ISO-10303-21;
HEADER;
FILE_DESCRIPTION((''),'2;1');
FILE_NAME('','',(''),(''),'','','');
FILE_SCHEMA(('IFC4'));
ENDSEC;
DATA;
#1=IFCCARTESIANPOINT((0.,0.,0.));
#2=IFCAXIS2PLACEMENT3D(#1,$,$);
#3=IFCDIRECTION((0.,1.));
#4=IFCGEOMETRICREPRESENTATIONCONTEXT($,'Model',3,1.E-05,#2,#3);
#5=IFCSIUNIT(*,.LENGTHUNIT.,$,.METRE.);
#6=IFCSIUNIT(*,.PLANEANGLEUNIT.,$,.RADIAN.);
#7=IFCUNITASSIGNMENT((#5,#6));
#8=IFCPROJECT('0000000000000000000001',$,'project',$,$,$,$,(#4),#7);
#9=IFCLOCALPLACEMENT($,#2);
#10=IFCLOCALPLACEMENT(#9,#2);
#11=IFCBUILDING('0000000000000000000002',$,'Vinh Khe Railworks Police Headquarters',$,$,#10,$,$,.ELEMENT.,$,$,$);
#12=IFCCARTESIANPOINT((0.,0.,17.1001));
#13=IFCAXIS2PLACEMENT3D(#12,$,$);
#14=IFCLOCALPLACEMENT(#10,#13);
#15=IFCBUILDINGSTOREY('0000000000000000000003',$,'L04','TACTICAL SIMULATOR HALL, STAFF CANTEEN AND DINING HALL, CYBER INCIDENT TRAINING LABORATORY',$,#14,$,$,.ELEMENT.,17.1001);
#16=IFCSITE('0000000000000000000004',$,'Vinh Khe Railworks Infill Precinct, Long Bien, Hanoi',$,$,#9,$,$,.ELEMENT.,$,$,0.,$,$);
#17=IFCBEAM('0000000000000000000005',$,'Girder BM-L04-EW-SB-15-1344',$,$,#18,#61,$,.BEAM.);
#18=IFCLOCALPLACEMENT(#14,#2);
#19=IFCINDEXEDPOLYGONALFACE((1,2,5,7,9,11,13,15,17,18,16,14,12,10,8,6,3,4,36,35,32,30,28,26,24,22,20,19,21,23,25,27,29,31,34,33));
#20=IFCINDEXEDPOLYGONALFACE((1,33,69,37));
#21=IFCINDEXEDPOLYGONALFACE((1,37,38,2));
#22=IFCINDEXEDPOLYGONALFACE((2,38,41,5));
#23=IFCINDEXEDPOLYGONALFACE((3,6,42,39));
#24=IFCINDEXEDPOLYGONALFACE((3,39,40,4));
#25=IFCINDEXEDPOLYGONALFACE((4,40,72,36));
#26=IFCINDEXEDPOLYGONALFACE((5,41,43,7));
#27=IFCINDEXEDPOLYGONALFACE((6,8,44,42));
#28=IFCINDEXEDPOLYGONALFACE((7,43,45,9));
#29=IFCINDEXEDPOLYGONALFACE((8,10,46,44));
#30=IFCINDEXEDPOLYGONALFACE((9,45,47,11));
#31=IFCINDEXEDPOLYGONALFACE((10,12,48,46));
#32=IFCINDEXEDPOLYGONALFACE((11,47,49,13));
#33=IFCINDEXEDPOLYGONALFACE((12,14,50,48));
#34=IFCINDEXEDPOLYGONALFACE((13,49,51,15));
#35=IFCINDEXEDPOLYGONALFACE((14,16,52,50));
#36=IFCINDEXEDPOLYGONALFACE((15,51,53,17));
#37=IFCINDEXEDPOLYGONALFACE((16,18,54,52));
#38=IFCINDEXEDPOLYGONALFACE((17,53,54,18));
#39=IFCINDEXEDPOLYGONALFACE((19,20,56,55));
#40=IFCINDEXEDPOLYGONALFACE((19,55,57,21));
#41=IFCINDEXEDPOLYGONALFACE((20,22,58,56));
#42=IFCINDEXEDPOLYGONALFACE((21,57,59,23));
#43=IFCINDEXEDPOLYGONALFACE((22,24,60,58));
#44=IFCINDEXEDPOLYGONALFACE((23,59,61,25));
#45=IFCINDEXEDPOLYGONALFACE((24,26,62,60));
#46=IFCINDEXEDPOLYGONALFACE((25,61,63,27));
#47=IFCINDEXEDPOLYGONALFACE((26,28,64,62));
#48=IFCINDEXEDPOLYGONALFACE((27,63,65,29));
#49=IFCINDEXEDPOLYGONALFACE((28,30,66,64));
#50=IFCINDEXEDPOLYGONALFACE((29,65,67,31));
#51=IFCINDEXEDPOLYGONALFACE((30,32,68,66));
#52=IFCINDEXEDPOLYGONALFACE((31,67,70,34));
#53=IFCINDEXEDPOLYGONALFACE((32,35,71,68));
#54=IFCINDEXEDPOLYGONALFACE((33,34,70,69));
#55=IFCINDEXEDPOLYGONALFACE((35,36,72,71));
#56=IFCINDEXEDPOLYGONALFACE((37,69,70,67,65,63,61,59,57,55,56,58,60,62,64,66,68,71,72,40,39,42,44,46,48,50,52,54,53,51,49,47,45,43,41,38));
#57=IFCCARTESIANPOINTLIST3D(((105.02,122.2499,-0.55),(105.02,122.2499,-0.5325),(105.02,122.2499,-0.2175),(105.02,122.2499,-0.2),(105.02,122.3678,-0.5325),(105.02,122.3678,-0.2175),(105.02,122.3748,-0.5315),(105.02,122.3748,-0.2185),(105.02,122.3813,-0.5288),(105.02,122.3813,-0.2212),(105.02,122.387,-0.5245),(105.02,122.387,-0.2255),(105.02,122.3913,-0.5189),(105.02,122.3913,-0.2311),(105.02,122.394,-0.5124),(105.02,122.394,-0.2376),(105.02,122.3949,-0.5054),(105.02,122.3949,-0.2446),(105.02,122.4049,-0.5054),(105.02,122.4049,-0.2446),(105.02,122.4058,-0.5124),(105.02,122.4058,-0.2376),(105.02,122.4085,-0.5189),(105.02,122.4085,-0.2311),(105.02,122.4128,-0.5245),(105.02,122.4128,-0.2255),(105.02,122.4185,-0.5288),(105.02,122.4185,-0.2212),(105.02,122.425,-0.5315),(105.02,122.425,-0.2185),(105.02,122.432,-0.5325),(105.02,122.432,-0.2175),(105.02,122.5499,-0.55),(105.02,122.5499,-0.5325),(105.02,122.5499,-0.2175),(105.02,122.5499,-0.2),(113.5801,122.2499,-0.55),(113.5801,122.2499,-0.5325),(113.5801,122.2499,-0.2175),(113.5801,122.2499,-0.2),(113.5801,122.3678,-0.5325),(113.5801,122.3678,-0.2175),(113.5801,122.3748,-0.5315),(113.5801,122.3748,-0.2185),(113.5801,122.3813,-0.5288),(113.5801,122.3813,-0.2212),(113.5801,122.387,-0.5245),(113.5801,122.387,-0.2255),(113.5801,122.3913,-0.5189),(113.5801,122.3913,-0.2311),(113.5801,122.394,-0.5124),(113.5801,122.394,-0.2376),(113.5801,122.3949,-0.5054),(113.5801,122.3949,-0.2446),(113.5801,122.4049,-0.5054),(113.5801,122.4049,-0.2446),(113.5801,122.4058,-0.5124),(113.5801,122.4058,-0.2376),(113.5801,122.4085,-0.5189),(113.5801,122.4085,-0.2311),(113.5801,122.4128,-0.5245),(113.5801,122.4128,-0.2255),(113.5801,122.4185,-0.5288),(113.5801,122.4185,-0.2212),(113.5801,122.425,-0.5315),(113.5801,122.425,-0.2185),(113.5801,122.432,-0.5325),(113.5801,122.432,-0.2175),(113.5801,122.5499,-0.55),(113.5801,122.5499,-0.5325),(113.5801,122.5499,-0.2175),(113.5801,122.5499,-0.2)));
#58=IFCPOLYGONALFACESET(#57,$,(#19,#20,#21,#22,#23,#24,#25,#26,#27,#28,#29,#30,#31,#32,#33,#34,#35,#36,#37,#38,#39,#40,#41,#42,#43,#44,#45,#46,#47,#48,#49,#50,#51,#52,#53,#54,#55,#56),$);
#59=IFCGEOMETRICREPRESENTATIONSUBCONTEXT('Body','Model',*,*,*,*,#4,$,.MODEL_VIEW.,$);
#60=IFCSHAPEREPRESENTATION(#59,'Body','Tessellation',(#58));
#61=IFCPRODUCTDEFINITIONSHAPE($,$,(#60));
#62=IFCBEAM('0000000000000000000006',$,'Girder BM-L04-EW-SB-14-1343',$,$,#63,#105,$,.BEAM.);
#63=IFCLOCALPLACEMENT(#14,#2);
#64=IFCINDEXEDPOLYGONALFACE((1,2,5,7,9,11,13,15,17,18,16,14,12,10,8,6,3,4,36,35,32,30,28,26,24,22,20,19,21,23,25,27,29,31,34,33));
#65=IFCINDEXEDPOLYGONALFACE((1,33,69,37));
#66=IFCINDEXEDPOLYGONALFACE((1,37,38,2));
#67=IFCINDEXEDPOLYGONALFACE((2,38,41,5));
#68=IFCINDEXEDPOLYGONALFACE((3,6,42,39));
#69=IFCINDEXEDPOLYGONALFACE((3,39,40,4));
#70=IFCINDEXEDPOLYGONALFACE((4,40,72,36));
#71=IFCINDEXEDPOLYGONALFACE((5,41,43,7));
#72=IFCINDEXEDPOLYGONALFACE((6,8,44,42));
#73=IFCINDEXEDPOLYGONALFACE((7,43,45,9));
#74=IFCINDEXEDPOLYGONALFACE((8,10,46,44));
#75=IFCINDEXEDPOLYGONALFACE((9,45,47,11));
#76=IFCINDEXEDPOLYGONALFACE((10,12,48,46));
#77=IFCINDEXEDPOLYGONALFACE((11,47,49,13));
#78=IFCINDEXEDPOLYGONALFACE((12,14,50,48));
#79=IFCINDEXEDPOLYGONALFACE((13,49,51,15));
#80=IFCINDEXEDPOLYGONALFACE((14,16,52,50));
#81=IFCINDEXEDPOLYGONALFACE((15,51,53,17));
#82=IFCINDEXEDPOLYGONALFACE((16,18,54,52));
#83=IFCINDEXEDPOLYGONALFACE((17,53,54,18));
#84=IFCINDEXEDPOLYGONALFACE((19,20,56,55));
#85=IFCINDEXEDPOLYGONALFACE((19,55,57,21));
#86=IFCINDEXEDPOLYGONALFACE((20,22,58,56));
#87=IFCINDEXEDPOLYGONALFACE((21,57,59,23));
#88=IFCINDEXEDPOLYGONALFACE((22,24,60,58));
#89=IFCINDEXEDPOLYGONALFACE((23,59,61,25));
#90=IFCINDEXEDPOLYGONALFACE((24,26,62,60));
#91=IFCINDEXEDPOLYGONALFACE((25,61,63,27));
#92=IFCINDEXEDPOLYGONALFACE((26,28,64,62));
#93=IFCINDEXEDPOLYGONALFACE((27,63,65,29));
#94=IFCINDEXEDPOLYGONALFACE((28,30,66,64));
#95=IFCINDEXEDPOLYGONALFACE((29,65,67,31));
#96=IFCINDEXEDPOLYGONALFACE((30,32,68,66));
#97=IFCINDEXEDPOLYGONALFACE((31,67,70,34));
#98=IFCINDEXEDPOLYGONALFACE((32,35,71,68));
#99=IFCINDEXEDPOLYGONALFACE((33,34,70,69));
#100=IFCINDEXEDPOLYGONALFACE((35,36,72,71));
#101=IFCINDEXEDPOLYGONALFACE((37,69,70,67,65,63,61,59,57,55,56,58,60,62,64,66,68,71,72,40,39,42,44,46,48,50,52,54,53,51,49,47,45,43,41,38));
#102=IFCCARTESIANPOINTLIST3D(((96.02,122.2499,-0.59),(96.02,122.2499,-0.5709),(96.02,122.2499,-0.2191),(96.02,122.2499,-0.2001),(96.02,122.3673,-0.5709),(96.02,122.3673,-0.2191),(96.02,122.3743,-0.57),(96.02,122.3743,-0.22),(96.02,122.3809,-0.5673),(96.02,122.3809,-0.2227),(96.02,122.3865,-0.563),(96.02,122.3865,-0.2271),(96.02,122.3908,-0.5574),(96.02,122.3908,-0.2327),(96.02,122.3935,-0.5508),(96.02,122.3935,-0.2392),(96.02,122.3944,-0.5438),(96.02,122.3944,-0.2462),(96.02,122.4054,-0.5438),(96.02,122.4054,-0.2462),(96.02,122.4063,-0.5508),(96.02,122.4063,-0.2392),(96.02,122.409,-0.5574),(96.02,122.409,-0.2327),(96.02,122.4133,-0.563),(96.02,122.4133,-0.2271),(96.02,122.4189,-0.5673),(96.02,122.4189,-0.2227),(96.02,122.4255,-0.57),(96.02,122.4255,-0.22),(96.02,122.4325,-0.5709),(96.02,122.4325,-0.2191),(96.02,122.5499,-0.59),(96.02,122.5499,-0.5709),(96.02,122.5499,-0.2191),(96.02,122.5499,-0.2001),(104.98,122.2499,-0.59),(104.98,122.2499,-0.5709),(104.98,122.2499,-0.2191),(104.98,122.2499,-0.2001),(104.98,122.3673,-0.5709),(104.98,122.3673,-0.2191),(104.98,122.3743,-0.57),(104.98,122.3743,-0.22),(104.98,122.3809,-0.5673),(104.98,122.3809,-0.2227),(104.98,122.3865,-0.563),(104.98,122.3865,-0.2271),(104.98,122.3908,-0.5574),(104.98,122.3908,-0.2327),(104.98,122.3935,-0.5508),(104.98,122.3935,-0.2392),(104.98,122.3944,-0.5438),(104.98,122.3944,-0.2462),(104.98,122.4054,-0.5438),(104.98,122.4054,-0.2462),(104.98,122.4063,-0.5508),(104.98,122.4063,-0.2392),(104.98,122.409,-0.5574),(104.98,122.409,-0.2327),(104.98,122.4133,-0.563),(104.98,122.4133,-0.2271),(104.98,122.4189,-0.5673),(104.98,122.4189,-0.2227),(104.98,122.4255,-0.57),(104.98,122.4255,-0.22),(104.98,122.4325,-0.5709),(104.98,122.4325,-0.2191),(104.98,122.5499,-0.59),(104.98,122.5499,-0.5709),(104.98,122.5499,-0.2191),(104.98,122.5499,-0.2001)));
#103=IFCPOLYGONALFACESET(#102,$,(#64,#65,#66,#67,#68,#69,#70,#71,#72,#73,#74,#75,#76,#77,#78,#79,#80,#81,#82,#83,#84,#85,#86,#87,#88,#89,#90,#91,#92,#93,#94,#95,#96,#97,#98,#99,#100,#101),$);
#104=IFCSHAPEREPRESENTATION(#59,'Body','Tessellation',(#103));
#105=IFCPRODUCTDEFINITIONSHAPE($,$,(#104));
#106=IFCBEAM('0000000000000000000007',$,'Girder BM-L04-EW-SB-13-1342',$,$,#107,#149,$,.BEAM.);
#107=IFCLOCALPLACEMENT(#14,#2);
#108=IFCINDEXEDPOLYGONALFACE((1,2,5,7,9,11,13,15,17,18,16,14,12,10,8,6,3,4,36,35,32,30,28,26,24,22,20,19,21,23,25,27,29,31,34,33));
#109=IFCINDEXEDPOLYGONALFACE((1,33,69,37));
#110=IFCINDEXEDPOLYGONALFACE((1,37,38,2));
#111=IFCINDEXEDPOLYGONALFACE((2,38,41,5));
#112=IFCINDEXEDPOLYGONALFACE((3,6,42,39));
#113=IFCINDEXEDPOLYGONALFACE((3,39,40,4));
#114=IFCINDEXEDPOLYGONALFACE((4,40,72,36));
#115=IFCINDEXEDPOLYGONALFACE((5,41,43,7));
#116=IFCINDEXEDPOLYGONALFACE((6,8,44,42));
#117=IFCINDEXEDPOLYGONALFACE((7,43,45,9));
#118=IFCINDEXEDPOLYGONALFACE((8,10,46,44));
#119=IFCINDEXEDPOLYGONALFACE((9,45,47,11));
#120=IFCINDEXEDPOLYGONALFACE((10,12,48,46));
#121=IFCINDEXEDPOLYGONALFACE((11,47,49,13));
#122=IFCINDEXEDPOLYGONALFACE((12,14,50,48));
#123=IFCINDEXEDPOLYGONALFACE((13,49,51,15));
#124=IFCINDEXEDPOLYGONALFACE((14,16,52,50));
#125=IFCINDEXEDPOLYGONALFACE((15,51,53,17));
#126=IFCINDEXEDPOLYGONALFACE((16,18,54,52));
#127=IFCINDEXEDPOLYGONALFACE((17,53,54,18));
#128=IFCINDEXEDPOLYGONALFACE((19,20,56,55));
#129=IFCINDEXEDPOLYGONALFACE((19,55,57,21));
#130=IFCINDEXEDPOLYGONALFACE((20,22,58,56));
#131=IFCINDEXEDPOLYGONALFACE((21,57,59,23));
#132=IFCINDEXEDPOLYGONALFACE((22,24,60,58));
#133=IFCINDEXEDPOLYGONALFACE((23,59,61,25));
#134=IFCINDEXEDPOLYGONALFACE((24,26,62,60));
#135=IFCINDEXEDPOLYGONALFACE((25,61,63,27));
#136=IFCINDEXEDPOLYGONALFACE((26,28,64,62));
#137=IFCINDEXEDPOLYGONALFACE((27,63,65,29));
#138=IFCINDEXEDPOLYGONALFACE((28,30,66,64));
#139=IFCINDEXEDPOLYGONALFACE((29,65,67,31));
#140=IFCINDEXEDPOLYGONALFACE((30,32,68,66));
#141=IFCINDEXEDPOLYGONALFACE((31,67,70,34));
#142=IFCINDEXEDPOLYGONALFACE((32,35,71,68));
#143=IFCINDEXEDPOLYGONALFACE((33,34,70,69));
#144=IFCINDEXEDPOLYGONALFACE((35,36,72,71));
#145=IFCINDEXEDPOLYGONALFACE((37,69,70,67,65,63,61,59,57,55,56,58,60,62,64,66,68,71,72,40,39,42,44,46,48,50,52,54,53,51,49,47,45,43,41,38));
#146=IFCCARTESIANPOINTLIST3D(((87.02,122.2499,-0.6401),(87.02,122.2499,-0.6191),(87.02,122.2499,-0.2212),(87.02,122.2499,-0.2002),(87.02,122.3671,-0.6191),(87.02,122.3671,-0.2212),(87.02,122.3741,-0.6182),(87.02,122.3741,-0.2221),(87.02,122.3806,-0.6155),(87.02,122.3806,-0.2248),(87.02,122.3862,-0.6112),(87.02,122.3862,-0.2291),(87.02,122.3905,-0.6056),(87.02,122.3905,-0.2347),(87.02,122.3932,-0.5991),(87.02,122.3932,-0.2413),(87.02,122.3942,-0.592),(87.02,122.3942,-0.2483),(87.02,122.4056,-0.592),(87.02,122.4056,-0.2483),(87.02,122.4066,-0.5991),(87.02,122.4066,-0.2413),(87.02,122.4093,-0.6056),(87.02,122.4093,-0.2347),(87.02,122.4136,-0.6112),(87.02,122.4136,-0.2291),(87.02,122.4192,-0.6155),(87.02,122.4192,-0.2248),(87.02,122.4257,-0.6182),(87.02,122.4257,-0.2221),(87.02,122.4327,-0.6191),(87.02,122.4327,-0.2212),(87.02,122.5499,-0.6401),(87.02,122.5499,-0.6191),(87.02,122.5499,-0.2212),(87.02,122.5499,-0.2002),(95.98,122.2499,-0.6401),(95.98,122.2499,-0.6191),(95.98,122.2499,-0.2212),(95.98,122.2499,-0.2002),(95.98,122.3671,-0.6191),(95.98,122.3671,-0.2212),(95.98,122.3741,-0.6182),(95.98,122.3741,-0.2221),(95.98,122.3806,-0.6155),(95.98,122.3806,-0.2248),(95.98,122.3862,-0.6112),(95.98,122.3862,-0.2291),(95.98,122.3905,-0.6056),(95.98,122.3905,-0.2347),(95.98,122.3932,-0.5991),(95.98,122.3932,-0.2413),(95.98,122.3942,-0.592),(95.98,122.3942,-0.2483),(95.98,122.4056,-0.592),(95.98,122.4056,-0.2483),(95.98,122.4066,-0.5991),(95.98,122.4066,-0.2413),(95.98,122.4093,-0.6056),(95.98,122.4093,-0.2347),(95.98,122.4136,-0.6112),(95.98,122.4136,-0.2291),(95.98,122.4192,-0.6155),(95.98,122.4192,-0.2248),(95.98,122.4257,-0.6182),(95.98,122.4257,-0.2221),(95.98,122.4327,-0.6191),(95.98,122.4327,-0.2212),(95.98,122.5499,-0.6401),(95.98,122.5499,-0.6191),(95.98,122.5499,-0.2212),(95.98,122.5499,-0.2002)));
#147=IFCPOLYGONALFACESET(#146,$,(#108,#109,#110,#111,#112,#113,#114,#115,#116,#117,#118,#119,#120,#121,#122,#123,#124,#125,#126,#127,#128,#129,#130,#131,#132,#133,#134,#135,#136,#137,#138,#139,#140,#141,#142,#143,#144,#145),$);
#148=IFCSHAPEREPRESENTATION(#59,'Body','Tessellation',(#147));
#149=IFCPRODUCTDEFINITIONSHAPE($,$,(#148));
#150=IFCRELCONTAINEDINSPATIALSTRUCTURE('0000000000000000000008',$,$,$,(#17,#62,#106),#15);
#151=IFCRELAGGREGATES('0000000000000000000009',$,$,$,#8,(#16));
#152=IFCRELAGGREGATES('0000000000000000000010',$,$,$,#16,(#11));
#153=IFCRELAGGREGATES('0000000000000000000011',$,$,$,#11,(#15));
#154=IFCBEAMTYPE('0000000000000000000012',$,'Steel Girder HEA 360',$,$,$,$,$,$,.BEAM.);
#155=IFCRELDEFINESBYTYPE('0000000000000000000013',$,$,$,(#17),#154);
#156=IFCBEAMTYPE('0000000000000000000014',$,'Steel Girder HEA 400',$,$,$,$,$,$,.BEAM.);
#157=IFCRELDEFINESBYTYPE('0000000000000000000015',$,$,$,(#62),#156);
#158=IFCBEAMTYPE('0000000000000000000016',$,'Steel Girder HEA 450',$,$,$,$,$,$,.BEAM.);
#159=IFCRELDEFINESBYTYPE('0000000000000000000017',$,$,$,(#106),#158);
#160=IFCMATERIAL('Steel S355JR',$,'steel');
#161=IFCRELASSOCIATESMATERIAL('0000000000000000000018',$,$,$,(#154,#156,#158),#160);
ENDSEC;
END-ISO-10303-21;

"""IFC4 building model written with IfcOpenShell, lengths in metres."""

from ifc_helpers import new_model, si_unit, direction, frame, origin, origin_2d, place, context, subcontext, project, spatial, i_section, extrude, material, material_profile, profile_set, type_object, element, save


model = new_model("IFC4")

# Units and contexts
model_context = context("Model", 3, precision=1e-05, world=origin(), true_north=direction((0.0, 1.0)))
body_context = subcontext(model_context, "Body", "Model", "MODEL_VIEW")
ifc_project = project(units=[si_unit("LENGTHUNIT", "METRE"), si_unit("PLANEANGLEUNIT", "RADIAN")], contexts=[model_context])

# Site, building, storey
site_placement = place(None, origin())
site = spatial("IfcSite", under=ifc_project, at=site_placement, Name="Vinh Khe Railworks Infill Precinct, Long Bien, Hanoi", CompositionType="ELEMENT", RefElevation=0.0)
building_placement = place(site_placement, origin())
building = spatial("IfcBuilding", under=site, at=building_placement, Name="Vinh Khe Railworks Police Headquarters", CompositionType="ELEMENT")
storey_placement = place(building_placement, frame((0.0, 0.0, 17.1001)))
storey = spatial("IfcBuildingStorey", under=building, at=storey_placement, Name="L04", Description="TACTICAL SIMULATOR HALL, STAFF CANTEEN AND DINING HALL, CYBER INCIDENT TRAINING LABORATORY", CompositionType="ELEMENT", Elevation=17.1001)

# Shared definitions
ifc_material_1 = material(Name="Steel S355JR", Category="steel")

# Beams
ifc_material_profile_1 = material_profile(ifc_material_1, i_section(OverallWidth=0.3, OverallDepth=0.3501, WebThickness=0.01, FlangeThickness=0.0176, FilletRadius=0.0271, at=origin_2d()), Name="HEA 360")
ifc_profile_set_1 = profile_set([ifc_material_profile_1], Name="Steel S355JR")
beam_type_1 = type_object("IfcBeamType", Name="Steel Girder HEA 360", PredefinedType="BEAM", material=ifc_profile_set_1)
beam_1_placement = place(storey_placement, frame((105.02, 122.3999, -0.375), z_axis=(1.0, 0.0, 0.0), x_axis=(0.0, 1.0, 0.0)))
element("IfcBeam", 1, at=beam_1_placement, inside=storey, type_object=beam_type_1, Name="Girder BM-L04-EW-SB-15-1344", PredefinedType="BEAM", context=body_context, shape_type="SweptSolid", body=[
    extrude(i_section(OverallWidth=0.3, OverallDepth=0.3501, WebThickness=0.01, FlangeThickness=0.0176, FilletRadius=0.0271, at=origin_2d()), origin(), (0.0, 0.0, 1.0), 8.5601),
])
ifc_material_profile_2 = material_profile(ifc_material_1, i_section(OverallWidth=0.3, OverallDepth=0.3899, WebThickness=0.011, FlangeThickness=0.019, FilletRadius=0.0271, at=origin_2d()), Name="HEA 400")
ifc_profile_set_2 = profile_set([ifc_material_profile_2], Name="Steel S355JR")
beam_type_2 = type_object("IfcBeamType", Name="Steel Girder HEA 400", PredefinedType="BEAM", material=ifc_profile_set_2)
beam_2_placement = place(storey_placement, frame((96.02, 122.3999, -0.395), z_axis=(1.0, 0.0, 0.0), x_axis=(0.0, 1.0, 0.0)))
element("IfcBeam", 2, at=beam_2_placement, inside=storey, type_object=beam_type_2, Name="Girder BM-L04-EW-SB-14-1343", PredefinedType="BEAM", context=body_context, shape_type="SweptSolid", body=[
    extrude(i_section(OverallWidth=0.3, OverallDepth=0.3899, WebThickness=0.011, FlangeThickness=0.019, FilletRadius=0.0271, at=origin_2d()), origin(), (0.0, 0.0, 1.0), 8.96),
])
ifc_material_profile_3 = material_profile(ifc_material_1, i_section(OverallWidth=0.3, OverallDepth=0.4399, WebThickness=0.0115, FlangeThickness=0.021, FilletRadius=0.0271, at=origin_2d()), Name="HEA 450")
ifc_profile_set_3 = profile_set([ifc_material_profile_3], Name="Steel S355JR")
beam_type_3 = type_object("IfcBeamType", Name="Steel Girder HEA 450", PredefinedType="BEAM", material=ifc_profile_set_3)
beam_3_placement = place(storey_placement, frame((87.02, 122.3999, -0.4202), z_axis=(1.0, 0.0, 0.0), x_axis=(0.0, 1.0, 0.0)))
element("IfcBeam", 3, at=beam_3_placement, inside=storey, type_object=beam_type_3, Name="Girder BM-L04-EW-SB-13-1342", PredefinedType="BEAM", context=body_context, shape_type="SweptSolid", body=[
    extrude(i_section(OverallWidth=0.3, OverallDepth=0.4399, WebThickness=0.0115, FlangeThickness=0.021, FilletRadius=0.0271, at=origin_2d()), origin(), (0.0, 0.0, 1.0), 8.96),
])

save(model, "model.ifc")
